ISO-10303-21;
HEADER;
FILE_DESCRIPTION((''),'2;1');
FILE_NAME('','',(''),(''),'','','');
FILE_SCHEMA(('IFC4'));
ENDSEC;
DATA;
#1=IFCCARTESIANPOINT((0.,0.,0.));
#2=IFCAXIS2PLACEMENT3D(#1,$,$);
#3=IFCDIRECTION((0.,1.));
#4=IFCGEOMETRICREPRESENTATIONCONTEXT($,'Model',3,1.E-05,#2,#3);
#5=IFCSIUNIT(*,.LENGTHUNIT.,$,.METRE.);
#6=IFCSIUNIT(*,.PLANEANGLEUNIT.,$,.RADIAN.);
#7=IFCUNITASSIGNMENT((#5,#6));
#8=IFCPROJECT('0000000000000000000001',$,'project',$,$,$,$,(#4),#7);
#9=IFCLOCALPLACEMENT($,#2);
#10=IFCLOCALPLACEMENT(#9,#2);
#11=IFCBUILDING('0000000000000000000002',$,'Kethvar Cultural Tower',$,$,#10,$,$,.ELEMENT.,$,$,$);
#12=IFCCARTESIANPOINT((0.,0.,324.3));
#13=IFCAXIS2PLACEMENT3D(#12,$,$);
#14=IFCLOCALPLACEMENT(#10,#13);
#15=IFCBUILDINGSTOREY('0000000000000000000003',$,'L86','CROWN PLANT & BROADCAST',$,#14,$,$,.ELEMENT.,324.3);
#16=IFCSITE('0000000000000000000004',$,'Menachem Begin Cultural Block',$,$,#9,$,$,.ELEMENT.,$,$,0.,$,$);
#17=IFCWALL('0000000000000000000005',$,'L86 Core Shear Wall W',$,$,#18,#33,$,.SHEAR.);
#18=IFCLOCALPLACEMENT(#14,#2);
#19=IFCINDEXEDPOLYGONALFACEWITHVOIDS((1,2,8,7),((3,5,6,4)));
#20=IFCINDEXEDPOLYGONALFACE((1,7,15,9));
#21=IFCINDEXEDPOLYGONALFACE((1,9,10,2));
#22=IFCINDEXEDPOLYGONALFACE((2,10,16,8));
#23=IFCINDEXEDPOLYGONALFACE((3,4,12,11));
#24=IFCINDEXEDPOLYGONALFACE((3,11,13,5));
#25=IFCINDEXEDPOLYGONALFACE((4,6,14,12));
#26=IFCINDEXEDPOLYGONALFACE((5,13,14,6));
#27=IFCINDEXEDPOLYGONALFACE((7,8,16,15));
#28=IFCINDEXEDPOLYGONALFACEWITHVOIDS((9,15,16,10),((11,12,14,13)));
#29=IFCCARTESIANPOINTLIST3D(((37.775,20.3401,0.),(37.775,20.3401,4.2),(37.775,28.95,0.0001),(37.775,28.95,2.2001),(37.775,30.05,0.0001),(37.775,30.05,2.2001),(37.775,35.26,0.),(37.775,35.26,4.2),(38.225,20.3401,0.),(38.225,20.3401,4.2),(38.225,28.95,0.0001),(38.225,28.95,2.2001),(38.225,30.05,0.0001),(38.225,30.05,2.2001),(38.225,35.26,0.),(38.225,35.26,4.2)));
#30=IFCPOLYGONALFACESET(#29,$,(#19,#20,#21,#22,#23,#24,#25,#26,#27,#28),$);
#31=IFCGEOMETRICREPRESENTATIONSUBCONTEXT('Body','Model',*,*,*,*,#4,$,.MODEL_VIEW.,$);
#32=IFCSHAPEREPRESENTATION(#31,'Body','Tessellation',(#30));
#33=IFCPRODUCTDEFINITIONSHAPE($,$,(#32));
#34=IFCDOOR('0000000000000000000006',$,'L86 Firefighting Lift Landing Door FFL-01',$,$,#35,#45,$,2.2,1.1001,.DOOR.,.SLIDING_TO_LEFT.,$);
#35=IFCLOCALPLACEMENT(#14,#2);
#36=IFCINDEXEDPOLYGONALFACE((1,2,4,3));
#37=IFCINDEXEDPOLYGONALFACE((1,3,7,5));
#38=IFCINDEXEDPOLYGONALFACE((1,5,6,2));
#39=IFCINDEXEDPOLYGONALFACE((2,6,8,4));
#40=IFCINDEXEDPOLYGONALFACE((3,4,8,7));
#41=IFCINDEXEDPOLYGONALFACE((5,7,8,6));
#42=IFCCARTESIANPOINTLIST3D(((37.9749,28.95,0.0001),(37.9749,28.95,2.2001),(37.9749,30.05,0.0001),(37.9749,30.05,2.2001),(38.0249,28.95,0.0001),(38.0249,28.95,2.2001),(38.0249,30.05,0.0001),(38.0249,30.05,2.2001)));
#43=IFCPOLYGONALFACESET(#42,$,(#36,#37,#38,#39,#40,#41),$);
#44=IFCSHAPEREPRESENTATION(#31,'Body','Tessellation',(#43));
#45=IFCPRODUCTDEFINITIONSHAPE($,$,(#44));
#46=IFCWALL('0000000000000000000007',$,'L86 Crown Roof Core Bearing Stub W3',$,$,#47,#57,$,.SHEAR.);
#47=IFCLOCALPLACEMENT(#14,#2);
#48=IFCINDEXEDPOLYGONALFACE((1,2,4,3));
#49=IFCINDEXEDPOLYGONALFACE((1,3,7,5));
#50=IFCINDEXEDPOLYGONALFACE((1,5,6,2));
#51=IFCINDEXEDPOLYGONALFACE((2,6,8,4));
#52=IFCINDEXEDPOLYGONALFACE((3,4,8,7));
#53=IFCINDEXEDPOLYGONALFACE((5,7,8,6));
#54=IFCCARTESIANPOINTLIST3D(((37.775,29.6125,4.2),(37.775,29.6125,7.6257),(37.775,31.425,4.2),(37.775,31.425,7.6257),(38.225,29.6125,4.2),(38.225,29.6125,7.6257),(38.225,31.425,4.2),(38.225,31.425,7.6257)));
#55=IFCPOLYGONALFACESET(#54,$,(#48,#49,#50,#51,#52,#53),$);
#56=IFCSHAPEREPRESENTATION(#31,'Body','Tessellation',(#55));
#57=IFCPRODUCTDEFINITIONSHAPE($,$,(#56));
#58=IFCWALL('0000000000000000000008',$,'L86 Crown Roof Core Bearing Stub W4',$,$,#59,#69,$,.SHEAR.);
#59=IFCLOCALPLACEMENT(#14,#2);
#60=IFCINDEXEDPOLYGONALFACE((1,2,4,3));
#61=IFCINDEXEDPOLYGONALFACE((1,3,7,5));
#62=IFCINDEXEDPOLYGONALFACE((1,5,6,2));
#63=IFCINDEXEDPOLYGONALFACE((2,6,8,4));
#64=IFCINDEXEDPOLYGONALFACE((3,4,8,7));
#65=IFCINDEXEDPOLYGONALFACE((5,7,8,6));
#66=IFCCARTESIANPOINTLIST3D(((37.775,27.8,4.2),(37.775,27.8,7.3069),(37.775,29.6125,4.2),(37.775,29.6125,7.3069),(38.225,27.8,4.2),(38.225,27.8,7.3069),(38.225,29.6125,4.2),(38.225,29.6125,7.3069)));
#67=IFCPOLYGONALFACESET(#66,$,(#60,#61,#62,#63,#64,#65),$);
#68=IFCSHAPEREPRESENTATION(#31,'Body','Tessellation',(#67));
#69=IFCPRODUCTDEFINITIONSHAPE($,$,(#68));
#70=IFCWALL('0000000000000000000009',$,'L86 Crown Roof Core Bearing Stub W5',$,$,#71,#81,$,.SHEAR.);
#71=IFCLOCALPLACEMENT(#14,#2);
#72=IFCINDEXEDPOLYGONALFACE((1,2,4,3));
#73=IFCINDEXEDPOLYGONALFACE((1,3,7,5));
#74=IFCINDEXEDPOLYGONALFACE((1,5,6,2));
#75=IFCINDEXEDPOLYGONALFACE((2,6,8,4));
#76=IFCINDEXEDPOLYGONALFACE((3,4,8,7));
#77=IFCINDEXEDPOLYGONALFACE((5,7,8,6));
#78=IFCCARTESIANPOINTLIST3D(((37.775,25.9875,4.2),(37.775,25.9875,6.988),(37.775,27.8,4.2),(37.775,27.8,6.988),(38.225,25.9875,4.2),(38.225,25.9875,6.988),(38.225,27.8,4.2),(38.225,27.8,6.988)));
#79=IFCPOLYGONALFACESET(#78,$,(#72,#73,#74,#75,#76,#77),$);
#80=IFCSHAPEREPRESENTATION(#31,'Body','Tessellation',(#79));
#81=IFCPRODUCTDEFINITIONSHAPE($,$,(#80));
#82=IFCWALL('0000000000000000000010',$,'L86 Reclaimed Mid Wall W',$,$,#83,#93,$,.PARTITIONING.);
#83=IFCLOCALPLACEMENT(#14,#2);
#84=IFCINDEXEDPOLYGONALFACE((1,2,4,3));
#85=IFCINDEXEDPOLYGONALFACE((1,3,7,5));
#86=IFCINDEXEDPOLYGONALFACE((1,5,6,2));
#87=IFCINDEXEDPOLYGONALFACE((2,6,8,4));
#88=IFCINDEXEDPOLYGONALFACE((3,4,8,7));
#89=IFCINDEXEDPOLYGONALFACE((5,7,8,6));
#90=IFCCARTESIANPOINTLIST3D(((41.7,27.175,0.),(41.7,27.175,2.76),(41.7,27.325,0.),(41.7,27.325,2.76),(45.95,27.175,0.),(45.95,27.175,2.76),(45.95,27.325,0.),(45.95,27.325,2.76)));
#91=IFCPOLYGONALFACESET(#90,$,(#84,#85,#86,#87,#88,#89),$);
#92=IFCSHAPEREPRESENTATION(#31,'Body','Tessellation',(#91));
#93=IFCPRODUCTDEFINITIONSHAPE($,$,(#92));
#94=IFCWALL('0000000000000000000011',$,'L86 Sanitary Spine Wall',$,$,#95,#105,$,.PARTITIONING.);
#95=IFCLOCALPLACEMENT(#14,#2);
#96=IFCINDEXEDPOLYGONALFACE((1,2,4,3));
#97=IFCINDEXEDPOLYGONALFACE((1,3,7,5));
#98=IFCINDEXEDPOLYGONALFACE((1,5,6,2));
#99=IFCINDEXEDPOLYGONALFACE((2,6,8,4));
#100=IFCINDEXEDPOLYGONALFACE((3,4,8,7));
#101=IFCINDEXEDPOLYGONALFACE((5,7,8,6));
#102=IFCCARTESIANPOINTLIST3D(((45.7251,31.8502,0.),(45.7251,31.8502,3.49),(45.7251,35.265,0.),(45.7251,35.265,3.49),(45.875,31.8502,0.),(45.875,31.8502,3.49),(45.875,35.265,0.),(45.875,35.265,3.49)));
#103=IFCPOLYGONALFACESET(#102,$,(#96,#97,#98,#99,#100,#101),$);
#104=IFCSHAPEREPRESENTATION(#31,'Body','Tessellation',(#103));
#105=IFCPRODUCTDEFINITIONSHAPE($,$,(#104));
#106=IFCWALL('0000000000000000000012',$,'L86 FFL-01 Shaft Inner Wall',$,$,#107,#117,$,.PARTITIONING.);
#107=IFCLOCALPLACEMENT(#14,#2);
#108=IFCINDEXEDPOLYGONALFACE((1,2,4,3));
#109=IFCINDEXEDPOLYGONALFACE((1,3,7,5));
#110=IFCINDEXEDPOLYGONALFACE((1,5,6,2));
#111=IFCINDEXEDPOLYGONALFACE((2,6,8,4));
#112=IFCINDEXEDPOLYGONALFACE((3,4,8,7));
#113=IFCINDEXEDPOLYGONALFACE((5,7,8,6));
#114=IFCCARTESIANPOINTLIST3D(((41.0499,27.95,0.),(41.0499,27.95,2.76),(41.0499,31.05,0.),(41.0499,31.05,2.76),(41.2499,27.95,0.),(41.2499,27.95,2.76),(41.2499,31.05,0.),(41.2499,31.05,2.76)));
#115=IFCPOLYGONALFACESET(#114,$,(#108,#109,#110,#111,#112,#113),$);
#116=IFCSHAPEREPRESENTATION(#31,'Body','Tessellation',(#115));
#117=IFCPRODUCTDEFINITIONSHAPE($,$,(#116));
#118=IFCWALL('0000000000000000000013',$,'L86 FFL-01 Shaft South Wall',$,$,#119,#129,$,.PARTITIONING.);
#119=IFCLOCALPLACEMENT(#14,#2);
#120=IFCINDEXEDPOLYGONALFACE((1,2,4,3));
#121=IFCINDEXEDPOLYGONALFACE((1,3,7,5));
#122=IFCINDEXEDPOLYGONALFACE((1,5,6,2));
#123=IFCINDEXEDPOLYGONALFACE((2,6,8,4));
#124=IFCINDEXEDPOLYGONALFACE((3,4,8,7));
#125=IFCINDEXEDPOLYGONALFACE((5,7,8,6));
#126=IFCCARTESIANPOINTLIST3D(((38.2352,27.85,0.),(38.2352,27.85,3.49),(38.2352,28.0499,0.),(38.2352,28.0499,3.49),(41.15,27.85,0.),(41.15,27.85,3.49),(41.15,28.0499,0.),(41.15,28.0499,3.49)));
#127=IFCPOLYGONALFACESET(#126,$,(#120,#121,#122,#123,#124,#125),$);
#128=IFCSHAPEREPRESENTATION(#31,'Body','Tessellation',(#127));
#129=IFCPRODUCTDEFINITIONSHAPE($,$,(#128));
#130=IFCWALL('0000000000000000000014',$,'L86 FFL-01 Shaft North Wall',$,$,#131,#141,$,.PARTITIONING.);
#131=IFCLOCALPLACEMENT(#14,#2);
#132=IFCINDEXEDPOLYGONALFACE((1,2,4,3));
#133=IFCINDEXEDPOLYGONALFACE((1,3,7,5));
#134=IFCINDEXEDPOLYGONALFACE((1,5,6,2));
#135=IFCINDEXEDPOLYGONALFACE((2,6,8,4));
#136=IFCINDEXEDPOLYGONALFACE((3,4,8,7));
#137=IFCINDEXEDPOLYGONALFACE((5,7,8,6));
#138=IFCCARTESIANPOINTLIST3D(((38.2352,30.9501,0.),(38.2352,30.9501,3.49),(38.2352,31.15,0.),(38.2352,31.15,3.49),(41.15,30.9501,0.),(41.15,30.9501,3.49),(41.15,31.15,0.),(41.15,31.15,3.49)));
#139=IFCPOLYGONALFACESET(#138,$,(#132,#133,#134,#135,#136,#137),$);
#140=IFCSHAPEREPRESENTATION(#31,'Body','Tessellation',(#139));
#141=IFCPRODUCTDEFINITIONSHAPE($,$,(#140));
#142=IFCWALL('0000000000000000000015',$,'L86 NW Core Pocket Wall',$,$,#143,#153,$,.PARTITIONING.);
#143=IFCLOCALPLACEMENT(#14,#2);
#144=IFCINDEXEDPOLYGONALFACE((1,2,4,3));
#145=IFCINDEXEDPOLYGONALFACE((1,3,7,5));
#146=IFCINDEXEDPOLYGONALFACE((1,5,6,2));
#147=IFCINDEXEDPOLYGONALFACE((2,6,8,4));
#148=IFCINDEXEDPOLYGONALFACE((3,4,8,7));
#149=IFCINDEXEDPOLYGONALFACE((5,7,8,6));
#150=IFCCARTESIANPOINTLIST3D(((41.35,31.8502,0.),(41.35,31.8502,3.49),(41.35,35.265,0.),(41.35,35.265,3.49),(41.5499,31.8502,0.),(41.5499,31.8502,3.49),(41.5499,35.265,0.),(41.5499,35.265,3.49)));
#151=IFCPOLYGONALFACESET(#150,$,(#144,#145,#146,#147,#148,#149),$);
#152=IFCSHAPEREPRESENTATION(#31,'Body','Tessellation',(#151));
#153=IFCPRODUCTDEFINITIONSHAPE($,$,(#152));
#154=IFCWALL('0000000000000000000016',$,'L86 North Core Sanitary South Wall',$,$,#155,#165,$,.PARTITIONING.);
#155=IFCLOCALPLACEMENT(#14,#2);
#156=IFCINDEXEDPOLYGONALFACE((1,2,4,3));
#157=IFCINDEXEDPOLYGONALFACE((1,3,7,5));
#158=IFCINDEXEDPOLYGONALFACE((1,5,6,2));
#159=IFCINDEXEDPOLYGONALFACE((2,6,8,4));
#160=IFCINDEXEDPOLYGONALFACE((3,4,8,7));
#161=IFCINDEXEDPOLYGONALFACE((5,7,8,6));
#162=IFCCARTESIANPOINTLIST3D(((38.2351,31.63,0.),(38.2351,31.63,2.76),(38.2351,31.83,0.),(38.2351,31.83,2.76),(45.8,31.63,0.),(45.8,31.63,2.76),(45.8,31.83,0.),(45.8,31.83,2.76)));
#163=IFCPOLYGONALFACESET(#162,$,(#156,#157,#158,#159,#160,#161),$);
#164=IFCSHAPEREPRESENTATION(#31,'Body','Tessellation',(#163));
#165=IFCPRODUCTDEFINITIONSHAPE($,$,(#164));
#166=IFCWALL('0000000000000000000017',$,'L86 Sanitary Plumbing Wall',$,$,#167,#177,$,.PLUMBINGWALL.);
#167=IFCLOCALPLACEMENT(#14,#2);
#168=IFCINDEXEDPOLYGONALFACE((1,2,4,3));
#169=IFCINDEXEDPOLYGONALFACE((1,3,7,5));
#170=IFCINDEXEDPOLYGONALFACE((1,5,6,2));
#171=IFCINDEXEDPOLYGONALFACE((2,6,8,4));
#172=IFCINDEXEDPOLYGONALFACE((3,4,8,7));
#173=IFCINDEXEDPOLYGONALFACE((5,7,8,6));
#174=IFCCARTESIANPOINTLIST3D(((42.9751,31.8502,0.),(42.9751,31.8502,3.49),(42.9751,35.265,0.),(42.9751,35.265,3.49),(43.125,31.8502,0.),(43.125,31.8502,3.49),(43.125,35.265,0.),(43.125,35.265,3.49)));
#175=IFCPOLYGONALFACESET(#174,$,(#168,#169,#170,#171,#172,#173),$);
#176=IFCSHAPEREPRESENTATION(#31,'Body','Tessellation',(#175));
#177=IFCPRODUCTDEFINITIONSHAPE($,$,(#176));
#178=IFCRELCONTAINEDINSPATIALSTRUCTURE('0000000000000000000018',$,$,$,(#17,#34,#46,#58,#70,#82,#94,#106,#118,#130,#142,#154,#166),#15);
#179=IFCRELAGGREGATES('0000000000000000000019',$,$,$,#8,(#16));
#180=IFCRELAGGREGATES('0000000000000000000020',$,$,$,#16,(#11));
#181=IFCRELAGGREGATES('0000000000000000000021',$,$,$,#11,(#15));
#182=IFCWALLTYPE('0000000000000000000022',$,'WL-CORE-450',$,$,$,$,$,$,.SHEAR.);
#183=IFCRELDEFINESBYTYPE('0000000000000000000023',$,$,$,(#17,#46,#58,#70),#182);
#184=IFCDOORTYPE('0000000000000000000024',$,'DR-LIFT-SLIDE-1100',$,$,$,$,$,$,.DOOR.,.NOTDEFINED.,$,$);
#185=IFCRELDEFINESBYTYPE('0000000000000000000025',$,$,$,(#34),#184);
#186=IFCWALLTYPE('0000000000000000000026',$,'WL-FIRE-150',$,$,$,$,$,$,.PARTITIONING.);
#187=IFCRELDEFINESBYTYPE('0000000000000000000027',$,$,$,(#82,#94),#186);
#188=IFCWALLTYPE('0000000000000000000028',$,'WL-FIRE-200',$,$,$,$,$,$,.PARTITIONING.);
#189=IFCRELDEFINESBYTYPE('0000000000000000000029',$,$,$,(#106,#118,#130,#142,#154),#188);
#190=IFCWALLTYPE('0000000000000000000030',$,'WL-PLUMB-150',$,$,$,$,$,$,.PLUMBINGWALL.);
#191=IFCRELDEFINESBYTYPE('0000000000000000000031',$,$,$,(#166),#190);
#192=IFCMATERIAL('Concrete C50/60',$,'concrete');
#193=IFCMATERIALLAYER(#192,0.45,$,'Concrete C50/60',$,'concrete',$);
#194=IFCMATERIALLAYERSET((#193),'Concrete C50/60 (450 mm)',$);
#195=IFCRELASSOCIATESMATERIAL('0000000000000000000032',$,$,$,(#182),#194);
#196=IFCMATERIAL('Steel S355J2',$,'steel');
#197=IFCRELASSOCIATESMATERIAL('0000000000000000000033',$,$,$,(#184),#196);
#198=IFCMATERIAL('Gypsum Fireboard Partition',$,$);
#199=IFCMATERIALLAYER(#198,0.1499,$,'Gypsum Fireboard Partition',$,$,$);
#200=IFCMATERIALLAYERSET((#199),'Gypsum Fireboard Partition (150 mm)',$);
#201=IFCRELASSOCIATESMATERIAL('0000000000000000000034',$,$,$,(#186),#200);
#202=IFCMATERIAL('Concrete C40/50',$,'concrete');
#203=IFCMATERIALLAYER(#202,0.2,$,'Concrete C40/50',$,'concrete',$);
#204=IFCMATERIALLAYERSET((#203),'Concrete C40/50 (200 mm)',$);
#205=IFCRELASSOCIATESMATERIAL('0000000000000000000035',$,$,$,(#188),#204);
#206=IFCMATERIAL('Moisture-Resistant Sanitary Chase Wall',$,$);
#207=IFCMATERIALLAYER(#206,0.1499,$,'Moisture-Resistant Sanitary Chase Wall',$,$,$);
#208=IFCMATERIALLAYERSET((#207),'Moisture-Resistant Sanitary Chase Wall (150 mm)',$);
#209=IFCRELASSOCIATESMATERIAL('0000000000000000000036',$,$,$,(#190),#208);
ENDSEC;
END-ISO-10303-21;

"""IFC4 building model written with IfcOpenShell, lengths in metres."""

from ifc_helpers import new_model, si_unit, direction, frame, frame_2d, origin, place, context, subcontext, project, spatial, rectangle, extrude, source, transform, mapped, material, layer, layer_set, type_object, element, fill, save


model = new_model("IFC4")

# Units and contexts
model_context = context("Model", 3, precision=1e-05, world=origin(), true_north=direction((0.0, 1.0)))
body_context = subcontext(model_context, "Body", "Model", "MODEL_VIEW")
ifc_project = project(units=[si_unit("LENGTHUNIT", "METRE"), si_unit("PLANEANGLEUNIT", "RADIAN")], contexts=[model_context])

# Site, building, storey
site_placement = place(None, origin())
site = spatial("IfcSite", under=ifc_project, at=site_placement, Name="Menachem Begin Cultural Block", CompositionType="ELEMENT", RefElevation=0.0)
building_placement = place(site_placement, origin())
building = spatial("IfcBuilding", under=site, at=building_placement, Name="Kethvar Cultural Tower", CompositionType="ELEMENT")
storey_placement = place(building_placement, frame((0.0, 0.0, 324.3)))
storey = spatial("IfcBuildingStorey", under=building, at=storey_placement, Name="L86", Description="CROWN PLANT & BROADCAST", CompositionType="ELEMENT", Elevation=324.3)

# Shared definitions
ifc_material_1 = material(Name="Steel S355J2", Category="steel")

# Wall, opening, door
ifc_material_2 = material(Name="Concrete C50/60", Category="concrete")
ifc_layer_1 = layer(ifc_material_2, 0.45, Name="Concrete C50/60", Category="concrete")
ifc_layer_set_1 = layer_set([ifc_layer_1], Name="Concrete C50/60 (450 mm)")
wall_type_1 = type_object("IfcWallType", Name="WL-CORE-450", PredefinedType="SHEAR", material=ifc_layer_set_1)
wall_1_placement = place(storey_placement, frame((38.0, 35.26, 0.0), z_axis=(0.0, 0.0, 1.0), x_axis=(0.0, -1.0, 0.0)))
wall_1 = element("IfcWall", 1, at=wall_1_placement, inside=storey, type_object=wall_type_1, Name="L86 Core Shear Wall W", PredefinedType="SHEAR", context=body_context, shape_type="SweptSolid", body=[
    extrude(rectangle(XDim=14.9199, YDim=0.45, at=frame_2d((7.46, 0.0))), origin(), (0.0, 0.0, 1.0), 4.2),
])
opening_placement = place(wall_1_placement, frame((5.21, 0.0, 0.0)))
opening = element("IfcOpeningElement", 2, at=opening_placement, cuts=wall_1, PredefinedType="OPENING", context=body_context, shape_type="SweptSolid", body=[
    extrude(rectangle(XDim=1.1001, YDim=2.2, at=frame_2d((0.55, 1.1001))), frame((0.0, 0.2349, 0.0), z_axis=(0.0, -1.0, 0.0), x_axis=(1.0, 0.0, 0.0)), (0.0, 0.0, 1.0), 0.47),
])
door_type = type_object("IfcDoorType", Name="DR-LIFT-SLIDE-1100", OperationType="NOTDEFINED", PredefinedType="DOOR", material=ifc_material_1)
shared_shape_1 = source(origin(), body_context, "Body", "SweptSolid", [
    extrude(rectangle(XDim=1.1001, YDim=2.2, at=frame_2d((0.55, 1.1001))), frame((0.0, 0.0249, 0.0), z_axis=(0.0, -1.0, 0.0), x_axis=(1.0, 0.0, 0.0)), (0.0, 0.0, 1.0), 0.05),
])
door_placement = place(opening_placement, origin())
door = element("IfcDoor", 3, at=door_placement, inside=storey, type_object=door_type, Name="L86 Firefighting Lift Landing Door FFL-01", OperationType="SLIDING_TO_LEFT", OverallHeight=2.2, OverallWidth=1.1001, PredefinedType="DOOR", context=body_context, shape_type="MappedRepresentation", body=[
    mapped(shared_shape_1, transform((0.0, 0.0, 0.0), scale=1.0)),
])
fill(opening, door)

# Walls
wall_2_placement = place(storey_placement, frame((38.0, 31.425, 4.2), z_axis=(0.0, 0.0, 1.0), x_axis=(0.0, -1.0, 0.0)))
element("IfcWall", 4, at=wall_2_placement, inside=storey, type_object=wall_type_1, Name="L86 Crown Roof Core Bearing Stub W3", PredefinedType="SHEAR", context=body_context, shape_type="SweptSolid", body=[
    extrude(rectangle(XDim=1.8125, YDim=0.45, at=frame_2d((0.9062, 0.0))), origin(), (0.0, 0.0, 1.0), 3.4258),
])
wall_3_placement = place(storey_placement, frame((38.0, 29.6125, 4.2), z_axis=(0.0, 0.0, 1.0), x_axis=(0.0, -1.0, 0.0)))
element("IfcWall", 5, at=wall_3_placement, inside=storey, type_object=wall_type_1, Name="L86 Crown Roof Core Bearing Stub W4", PredefinedType="SHEAR", context=body_context, shape_type="SweptSolid", body=[
    extrude(rectangle(XDim=1.8125, YDim=0.45, at=frame_2d((0.9062, 0.0))), origin(), (0.0, 0.0, 1.0), 3.1069),
])
wall_4_placement = place(storey_placement, frame((38.0, 27.8, 4.2), z_axis=(0.0, 0.0, 1.0), x_axis=(0.0, -1.0, 0.0)))
element("IfcWall", 6, at=wall_4_placement, inside=storey, type_object=wall_type_1, Name="L86 Crown Roof Core Bearing Stub W5", PredefinedType="SHEAR", context=body_context, shape_type="SweptSolid", body=[
    extrude(rectangle(XDim=1.8125, YDim=0.45, at=frame_2d((0.9062, 0.0))), origin(), (0.0, 0.0, 1.0), 2.7881),
])
ifc_material_3 = material(Name="Gypsum Fireboard Partition")
ifc_layer_2 = layer(ifc_material_3, 0.1499, Name="Gypsum Fireboard Partition")
ifc_layer_set_2 = layer_set([ifc_layer_2], Name="Gypsum Fireboard Partition (150 mm)")
wall_type_2 = type_object("IfcWallType", Name="WL-FIRE-150", PredefinedType="PARTITIONING", material=ifc_layer_set_2)
wall_5_placement = place(storey_placement, frame((41.7, 27.25, 0.0), z_axis=(0.0, 0.0, 1.0), x_axis=(1.0, 0.0, 0.0)))
element("IfcWall", 7, at=wall_5_placement, inside=storey, type_object=wall_type_2, Name="L86 Reclaimed Mid Wall W", PredefinedType="PARTITIONING", context=body_context, shape_type="SweptSolid", body=[
    extrude(rectangle(XDim=4.25, YDim=0.1499, at=frame_2d((2.125, 0.0))), origin(), (0.0, 0.0, 1.0), 2.76),
])
wall_6_placement = place(storey_placement, frame((45.8, 31.8501, 0.0), z_axis=(0.0, 0.0, 1.0), x_axis=(0.0, 1.0, 0.0)))
element("IfcWall", 8, at=wall_6_placement, inside=storey, type_object=wall_type_2, Name="L86 Sanitary Spine Wall", PredefinedType="PARTITIONING", context=body_context, shape_type="SweptSolid", body=[
    extrude(rectangle(XDim=3.4148, YDim=0.1499, at=frame_2d((1.7075, 0.0))), origin(), (0.0, 0.0, 1.0), 3.49),
])
ifc_material_4 = material(Name="Concrete C40/50", Category="concrete")
ifc_layer_3 = layer(ifc_material_4, 0.2, Name="Concrete C40/50", Category="concrete")
ifc_layer_set_3 = layer_set([ifc_layer_3], Name="Concrete C40/50 (200 mm)")
wall_type_3 = type_object("IfcWallType", Name="WL-FIRE-200", PredefinedType="PARTITIONING", material=ifc_layer_set_3)
wall_7_placement = place(storey_placement, frame((41.1499, 27.95, 0.0), z_axis=(0.0, 0.0, 1.0), x_axis=(0.0, 1.0, 0.0)))
element("IfcWall", 9, at=wall_7_placement, inside=storey, type_object=wall_type_3, Name="L86 FFL-01 Shaft Inner Wall", PredefinedType="PARTITIONING", context=body_context, shape_type="SweptSolid", body=[
    extrude(rectangle(XDim=3.1001, YDim=0.2, at=frame_2d((1.55, 0.0))), origin(), (0.0, 0.0, 1.0), 2.76),
])
for number, where, z_axis, x_axis, name in (
    (10, (38.2351, 27.95, 0.0), (0.0, 0.0, 1.0), (1.0, 0.0, 0.0), "L86 FFL-01 Shaft South Wall"),
    (11, (38.2351, 31.05, 0.0), (0.0, 0.0, 1.0), (1.0, 0.0, 0.0), "L86 FFL-01 Shaft North Wall"),
):
    element("IfcWall", number, at=place(storey_placement, frame(where, z_axis=z_axis, x_axis=x_axis)), inside=storey, type_object=wall_type_3, Name=name, PredefinedType="PARTITIONING", context=body_context, shape_type="SweptSolid", body=[
        extrude(rectangle(XDim=2.9148, YDim=0.2, at=frame_2d((1.4575, 0.0))), origin(), (0.0, 0.0, 1.0), 3.49),
    ])
wall_8_placement = place(storey_placement, frame((41.45, 31.8501, 0.0), z_axis=(0.0, 0.0, 1.0), x_axis=(0.0, 1.0, 0.0)))
element("IfcWall", 12, at=wall_8_placement, inside=storey, type_object=wall_type_3, Name="L86 NW Core Pocket Wall", PredefinedType="PARTITIONING", context=body_context, shape_type="SweptSolid", body=[
    extrude(rectangle(XDim=3.4148, YDim=0.2, at=frame_2d((1.7075, 0.0))), origin(), (0.0, 0.0, 1.0), 3.49),
])
wall_9_placement = place(storey_placement, frame((38.2351, 31.73, 0.0), z_axis=(0.0, 0.0, 1.0), x_axis=(1.0, 0.0, 0.0)))
element("IfcWall", 13, at=wall_9_placement, inside=storey, type_object=wall_type_3, Name="L86 North Core Sanitary South Wall", PredefinedType="PARTITIONING", context=body_context, shape_type="SweptSolid", body=[
    extrude(rectangle(XDim=7.5649, YDim=0.2, at=frame_2d((3.7825, 0.0))), origin(), (0.0, 0.0, 1.0), 2.76),
])
ifc_material_5 = material(Name="Moisture-Resistant Sanitary Chase Wall")
ifc_layer_4 = layer(ifc_material_5, 0.1499, Name="Moisture-Resistant Sanitary Chase Wall")
ifc_layer_set_4 = layer_set([ifc_layer_4], Name="Moisture-Resistant Sanitary Chase Wall (150 mm)")
wall_type_4 = type_object("IfcWallType", Name="WL-PLUMB-150", PredefinedType="PLUMBINGWALL", material=ifc_layer_set_4)
wall_10_placement = place(storey_placement, frame((43.05, 31.8501, 0.0), z_axis=(0.0, 0.0, 1.0), x_axis=(0.0, 1.0, 0.0)))
element("IfcWall", 14, at=wall_10_placement, inside=storey, type_object=wall_type_4, Name="L86 Sanitary Plumbing Wall", PredefinedType="PLUMBINGWALL", context=body_context, shape_type="SweptSolid", body=[
    extrude(rectangle(XDim=3.4148, YDim=0.1499, at=frame_2d((1.7075, 0.0))), origin(), (0.0, 0.0, 1.0), 3.49),
])

save(model, "model.ifc")
